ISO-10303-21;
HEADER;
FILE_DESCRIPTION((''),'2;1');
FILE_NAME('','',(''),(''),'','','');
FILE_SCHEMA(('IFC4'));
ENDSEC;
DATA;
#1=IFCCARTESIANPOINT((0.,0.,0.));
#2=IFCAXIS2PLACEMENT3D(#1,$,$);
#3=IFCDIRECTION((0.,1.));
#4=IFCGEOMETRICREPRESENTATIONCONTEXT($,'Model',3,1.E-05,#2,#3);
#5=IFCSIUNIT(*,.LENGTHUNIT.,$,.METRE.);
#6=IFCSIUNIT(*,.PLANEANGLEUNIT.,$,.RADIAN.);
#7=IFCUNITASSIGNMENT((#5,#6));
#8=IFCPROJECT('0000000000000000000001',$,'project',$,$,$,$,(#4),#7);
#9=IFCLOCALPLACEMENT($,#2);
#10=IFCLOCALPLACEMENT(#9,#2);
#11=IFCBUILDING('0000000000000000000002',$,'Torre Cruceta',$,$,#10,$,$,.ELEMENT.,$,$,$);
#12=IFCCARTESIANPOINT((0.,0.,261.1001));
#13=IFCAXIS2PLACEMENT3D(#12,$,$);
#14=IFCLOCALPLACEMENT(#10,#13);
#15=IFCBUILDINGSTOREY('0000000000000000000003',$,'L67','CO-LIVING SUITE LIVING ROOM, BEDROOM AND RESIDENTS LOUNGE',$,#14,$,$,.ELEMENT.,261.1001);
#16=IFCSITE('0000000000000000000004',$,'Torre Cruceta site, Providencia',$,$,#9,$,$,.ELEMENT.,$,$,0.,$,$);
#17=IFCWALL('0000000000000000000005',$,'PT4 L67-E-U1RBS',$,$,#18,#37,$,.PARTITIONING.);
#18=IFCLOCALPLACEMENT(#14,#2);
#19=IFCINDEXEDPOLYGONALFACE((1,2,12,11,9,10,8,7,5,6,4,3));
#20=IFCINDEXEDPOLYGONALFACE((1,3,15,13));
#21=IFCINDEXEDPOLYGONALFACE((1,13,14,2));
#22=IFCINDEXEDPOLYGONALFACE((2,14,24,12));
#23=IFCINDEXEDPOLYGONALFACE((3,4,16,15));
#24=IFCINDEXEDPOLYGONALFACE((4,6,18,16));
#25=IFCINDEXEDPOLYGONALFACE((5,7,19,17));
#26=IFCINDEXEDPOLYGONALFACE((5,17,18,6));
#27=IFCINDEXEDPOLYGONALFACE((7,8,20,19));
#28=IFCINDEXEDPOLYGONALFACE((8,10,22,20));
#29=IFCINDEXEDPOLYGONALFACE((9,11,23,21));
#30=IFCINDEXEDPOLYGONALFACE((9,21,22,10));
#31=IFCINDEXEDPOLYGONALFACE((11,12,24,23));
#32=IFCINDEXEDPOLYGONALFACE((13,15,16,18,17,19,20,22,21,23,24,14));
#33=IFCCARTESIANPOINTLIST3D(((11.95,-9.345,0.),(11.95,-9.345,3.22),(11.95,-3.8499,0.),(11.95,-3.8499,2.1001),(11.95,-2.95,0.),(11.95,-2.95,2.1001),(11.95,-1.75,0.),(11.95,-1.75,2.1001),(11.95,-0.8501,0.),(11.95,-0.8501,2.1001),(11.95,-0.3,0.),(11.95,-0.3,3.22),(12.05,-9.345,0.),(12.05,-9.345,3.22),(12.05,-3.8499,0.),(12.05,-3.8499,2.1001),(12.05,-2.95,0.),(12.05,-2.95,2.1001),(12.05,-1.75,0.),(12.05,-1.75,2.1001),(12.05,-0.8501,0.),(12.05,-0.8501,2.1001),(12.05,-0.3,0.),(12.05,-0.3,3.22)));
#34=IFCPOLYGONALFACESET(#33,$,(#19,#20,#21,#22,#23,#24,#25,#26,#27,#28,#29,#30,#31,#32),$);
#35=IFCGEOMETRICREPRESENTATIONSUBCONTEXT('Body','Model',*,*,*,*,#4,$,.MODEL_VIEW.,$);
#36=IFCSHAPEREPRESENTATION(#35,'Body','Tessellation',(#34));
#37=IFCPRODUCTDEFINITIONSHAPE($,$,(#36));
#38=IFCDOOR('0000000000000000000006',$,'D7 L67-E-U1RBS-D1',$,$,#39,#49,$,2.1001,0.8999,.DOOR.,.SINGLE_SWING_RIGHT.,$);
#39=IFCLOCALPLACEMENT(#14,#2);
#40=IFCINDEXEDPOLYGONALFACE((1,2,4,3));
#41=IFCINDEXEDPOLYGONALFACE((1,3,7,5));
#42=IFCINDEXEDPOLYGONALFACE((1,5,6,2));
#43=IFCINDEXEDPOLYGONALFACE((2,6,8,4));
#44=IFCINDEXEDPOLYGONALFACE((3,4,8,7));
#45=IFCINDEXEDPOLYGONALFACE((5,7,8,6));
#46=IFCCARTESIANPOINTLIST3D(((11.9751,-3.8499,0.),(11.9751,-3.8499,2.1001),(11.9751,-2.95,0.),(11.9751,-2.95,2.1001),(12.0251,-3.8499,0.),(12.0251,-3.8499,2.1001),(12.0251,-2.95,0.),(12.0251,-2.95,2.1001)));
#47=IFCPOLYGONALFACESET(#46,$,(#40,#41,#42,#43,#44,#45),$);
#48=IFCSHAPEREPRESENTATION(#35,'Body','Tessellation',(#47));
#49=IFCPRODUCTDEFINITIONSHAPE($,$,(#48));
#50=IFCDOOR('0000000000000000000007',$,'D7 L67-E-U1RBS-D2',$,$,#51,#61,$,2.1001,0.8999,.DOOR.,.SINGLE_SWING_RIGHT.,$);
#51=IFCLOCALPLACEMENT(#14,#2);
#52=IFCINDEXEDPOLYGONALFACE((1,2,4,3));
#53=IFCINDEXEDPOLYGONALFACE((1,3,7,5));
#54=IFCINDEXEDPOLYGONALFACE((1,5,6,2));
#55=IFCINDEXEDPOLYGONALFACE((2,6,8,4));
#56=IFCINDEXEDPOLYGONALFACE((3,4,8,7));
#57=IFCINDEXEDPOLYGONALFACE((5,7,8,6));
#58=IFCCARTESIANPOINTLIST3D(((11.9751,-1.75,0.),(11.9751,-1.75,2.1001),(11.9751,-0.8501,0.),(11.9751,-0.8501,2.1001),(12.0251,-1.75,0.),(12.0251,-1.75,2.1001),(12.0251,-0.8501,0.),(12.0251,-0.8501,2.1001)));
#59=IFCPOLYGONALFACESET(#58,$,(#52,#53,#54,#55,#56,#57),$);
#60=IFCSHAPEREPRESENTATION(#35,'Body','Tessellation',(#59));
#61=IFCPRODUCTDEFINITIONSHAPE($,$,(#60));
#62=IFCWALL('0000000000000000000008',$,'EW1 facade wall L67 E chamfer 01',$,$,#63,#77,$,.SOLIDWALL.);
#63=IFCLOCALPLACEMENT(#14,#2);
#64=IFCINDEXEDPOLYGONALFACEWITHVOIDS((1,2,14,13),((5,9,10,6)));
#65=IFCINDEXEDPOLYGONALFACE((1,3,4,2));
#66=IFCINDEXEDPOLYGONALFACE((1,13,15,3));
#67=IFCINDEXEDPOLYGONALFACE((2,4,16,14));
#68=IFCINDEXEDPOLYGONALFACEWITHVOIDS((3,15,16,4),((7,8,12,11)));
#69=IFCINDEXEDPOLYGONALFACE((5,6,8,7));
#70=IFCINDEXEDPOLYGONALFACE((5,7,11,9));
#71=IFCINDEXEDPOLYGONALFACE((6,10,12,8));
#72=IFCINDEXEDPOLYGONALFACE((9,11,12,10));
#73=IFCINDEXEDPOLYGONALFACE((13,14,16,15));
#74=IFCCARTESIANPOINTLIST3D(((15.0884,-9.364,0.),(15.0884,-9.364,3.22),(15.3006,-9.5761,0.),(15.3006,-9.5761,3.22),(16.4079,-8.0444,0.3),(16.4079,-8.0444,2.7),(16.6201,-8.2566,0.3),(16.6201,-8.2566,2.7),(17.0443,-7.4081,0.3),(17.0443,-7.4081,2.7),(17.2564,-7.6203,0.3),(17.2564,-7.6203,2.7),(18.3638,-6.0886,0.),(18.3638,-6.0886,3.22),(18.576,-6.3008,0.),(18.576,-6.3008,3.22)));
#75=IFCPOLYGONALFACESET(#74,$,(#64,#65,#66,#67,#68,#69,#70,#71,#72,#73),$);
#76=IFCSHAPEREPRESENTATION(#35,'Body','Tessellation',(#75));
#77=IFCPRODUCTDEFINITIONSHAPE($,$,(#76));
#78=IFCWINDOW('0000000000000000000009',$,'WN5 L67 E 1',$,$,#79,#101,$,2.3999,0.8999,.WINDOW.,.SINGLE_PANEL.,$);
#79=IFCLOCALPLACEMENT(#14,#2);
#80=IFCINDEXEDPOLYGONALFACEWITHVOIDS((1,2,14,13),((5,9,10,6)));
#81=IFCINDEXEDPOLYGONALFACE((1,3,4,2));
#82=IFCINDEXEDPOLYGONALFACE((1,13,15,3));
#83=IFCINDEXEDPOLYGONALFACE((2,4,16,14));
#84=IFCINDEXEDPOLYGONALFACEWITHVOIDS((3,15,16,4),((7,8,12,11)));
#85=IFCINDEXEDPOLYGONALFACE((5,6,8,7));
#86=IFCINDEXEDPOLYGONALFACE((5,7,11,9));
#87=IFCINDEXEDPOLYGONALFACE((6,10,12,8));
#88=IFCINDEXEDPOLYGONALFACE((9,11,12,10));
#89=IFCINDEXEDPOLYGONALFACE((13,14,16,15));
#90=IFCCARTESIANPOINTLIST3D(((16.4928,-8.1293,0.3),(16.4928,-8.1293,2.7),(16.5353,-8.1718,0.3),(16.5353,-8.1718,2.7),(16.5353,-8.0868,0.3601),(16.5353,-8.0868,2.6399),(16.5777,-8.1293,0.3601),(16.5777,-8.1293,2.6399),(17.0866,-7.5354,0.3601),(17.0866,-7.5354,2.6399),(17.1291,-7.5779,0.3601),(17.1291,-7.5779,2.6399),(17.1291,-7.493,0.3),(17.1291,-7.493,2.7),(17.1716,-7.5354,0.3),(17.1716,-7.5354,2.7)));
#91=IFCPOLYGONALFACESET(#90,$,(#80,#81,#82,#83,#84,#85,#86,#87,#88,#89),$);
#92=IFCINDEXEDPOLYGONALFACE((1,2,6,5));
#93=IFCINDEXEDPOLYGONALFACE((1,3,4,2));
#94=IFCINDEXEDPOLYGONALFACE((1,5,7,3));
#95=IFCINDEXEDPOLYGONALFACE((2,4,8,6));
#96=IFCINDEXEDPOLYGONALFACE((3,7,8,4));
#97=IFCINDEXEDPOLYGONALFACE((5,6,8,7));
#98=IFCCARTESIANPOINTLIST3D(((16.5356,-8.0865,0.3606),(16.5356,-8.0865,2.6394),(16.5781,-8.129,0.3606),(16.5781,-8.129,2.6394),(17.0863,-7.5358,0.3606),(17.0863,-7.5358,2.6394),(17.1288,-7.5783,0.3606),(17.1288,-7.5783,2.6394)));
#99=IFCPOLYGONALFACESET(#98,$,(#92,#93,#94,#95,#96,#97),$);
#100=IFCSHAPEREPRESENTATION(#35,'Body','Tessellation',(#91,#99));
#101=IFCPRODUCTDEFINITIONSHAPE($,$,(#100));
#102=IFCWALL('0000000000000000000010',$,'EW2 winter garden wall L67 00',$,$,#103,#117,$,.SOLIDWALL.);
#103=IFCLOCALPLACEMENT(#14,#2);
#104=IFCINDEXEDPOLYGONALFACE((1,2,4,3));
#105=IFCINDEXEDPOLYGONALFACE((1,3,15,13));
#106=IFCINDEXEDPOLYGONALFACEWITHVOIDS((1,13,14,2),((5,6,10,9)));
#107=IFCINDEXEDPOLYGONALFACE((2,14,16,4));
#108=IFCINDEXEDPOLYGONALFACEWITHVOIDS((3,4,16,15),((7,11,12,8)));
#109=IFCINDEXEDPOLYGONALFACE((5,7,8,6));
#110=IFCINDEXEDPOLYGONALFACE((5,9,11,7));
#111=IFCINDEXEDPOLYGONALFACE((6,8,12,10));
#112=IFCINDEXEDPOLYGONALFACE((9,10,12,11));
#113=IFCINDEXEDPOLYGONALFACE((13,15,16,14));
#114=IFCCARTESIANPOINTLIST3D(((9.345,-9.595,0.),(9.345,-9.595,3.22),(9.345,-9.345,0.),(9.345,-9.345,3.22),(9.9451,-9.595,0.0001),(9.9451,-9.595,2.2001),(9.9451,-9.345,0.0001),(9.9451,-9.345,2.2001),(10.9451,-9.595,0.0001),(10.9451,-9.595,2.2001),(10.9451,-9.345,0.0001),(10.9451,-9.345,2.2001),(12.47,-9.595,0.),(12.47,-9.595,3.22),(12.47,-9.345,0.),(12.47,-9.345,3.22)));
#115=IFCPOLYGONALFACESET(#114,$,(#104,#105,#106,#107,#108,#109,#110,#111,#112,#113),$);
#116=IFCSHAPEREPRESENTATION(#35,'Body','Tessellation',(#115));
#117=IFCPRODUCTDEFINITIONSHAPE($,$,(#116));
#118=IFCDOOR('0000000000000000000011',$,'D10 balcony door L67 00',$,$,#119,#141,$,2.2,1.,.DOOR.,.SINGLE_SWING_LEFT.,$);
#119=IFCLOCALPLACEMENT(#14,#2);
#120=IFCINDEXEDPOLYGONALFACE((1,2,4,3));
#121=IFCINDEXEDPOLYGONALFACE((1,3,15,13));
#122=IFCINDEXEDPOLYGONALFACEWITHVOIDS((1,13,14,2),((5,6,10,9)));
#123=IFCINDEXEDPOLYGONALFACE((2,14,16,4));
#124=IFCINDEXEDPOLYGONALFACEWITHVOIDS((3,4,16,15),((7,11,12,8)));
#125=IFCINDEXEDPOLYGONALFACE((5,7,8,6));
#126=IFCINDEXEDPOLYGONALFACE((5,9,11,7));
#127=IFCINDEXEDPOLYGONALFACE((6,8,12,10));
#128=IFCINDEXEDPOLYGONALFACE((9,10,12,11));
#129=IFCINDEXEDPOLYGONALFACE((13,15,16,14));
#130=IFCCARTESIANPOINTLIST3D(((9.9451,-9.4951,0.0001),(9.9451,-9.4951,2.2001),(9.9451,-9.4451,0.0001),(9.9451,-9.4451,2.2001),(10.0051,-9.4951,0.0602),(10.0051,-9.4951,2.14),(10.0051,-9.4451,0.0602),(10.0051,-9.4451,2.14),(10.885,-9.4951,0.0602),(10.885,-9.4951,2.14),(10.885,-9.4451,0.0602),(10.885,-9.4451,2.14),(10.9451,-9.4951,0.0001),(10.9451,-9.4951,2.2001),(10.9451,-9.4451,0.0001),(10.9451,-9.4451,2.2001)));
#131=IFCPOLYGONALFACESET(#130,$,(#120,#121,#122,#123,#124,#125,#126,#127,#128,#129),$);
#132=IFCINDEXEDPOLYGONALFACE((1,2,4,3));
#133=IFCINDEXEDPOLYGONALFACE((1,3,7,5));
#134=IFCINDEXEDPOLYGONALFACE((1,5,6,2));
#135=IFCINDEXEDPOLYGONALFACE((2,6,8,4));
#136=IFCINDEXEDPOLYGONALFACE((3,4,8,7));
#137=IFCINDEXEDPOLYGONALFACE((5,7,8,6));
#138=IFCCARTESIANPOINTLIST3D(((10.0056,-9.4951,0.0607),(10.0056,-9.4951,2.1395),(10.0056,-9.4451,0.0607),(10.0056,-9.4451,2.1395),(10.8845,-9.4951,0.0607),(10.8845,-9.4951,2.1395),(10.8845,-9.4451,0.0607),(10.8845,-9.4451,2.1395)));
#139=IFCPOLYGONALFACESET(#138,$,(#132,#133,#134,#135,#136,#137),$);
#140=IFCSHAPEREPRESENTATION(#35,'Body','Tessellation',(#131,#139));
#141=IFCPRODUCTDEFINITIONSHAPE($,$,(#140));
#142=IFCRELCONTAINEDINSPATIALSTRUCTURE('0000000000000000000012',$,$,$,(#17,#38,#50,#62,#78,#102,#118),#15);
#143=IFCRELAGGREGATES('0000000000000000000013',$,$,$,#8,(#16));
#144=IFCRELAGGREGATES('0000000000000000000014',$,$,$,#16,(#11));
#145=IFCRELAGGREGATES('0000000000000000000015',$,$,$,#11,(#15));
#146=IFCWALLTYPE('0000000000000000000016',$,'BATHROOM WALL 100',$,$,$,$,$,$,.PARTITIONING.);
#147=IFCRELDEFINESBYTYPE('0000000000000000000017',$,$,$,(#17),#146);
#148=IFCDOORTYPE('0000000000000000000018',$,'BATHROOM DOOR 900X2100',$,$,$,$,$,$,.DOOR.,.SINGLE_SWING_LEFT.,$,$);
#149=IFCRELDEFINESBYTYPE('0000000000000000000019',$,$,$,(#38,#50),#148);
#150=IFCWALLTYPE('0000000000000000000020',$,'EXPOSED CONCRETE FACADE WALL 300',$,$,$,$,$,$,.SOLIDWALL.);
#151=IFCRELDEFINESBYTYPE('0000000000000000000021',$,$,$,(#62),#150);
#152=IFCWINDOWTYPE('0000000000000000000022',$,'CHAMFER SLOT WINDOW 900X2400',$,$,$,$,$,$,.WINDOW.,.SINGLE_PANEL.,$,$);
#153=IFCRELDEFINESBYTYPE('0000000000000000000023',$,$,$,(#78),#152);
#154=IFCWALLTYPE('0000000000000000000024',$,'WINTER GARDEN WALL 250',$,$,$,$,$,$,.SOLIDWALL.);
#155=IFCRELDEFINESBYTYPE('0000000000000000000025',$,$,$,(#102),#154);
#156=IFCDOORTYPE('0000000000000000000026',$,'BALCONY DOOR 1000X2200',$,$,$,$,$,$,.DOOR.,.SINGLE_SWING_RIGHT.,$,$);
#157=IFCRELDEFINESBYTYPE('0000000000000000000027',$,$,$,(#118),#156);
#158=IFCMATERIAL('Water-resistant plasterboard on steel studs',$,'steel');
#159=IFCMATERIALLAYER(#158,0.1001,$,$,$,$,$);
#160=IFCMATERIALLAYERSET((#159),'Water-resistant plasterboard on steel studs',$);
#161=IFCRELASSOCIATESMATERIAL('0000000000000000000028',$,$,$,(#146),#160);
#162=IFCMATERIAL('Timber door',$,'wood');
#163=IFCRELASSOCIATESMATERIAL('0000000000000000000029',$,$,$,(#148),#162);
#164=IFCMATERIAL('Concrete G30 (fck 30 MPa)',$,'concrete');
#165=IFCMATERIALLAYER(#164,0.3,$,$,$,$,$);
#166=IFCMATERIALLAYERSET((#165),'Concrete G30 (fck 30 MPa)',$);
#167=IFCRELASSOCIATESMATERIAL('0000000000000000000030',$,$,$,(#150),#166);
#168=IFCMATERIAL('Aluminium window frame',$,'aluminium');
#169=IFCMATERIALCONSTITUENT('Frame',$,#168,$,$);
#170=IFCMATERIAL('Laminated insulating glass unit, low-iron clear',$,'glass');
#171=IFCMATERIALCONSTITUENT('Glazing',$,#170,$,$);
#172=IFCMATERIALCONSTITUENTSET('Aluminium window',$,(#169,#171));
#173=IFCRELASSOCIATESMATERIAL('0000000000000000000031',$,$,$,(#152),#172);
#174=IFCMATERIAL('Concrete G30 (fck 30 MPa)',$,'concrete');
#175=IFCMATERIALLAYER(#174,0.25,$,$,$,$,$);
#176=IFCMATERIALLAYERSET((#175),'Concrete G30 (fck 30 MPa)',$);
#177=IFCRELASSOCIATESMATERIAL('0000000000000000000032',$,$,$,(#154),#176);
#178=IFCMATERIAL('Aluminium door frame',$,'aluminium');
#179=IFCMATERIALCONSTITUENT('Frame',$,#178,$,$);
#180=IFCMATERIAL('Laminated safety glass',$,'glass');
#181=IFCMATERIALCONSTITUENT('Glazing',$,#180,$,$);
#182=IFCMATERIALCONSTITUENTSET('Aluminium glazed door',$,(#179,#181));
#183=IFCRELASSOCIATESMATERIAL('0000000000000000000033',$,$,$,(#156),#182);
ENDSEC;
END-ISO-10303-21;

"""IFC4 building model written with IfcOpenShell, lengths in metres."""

from ifc_helpers import new_model, si_unit, direction, frame, frame_2d, origin, place, context, subcontext, project, spatial, rectangle, hollow_rectangle, extrude, material, layer, layer_set, constituent, constituent_set, type_object, element, fill, save


model = new_model("IFC4")

# Units and contexts
model_context = context("Model", 3, precision=1e-05, world=origin(), true_north=direction((0.0, 1.0)))
body_context = subcontext(model_context, "Body", "Model", "MODEL_VIEW")
ifc_project = project(units=[si_unit("LENGTHUNIT", "METRE"), si_unit("PLANEANGLEUNIT", "RADIAN")], contexts=[model_context])

# Site, building, storey
site_placement = place(None, origin())
site = spatial("IfcSite", under=ifc_project, at=site_placement, Name="Torre Cruceta site, Providencia", CompositionType="ELEMENT", RefElevation=0.0)
building_placement = place(site_placement, origin())
building = spatial("IfcBuilding", under=site, at=building_placement, Name="Torre Cruceta", CompositionType="ELEMENT")
storey_placement = place(building_placement, frame((0.0, 0.0, 261.1001)))
storey = spatial("IfcBuildingStorey", under=building, at=storey_placement, Name="L67", Description="CO-LIVING SUITE LIVING ROOM, BEDROOM AND RESIDENTS LOUNGE", CompositionType="ELEMENT", Elevation=261.1001)

# Wall, openings, doors
ifc_material_1 = material(Name="Water-resistant plasterboard on steel studs", Category="steel")
ifc_layer_1 = layer(ifc_material_1, 0.1001)
ifc_layer_set_1 = layer_set([ifc_layer_1], Name="Water-resistant plasterboard on steel studs")
wall_type_1 = type_object("IfcWallType", Name="BATHROOM WALL 100", PredefinedType="PARTITIONING", material=ifc_layer_set_1)
wall_1_placement = place(storey_placement, frame((12.0, -9.345, 0.0), z_axis=(0.0, 0.0, 1.0), x_axis=(0.0, 1.0, 0.0)))
wall_1 = element("IfcWall", 1, at=wall_1_placement, inside=storey, type_object=wall_type_1, Name="PT4 L67-E-U1RBS", PredefinedType="PARTITIONING", context=body_context, shape_type="SweptSolid", body=[
    extrude(rectangle(XDim=9.0449, YDim=0.1001, at=frame_2d((4.5225, 0.0))), origin(), (0.0, 0.0, 1.0), 3.22),
])
opening_1_placement = place(wall_1_placement, frame((5.4951, 0.0, 0.0)))
opening_1 = element("IfcOpeningElement", 2, at=opening_1_placement, cuts=wall_1, PredefinedType="OPENING", context=body_context, shape_type="SweptSolid", body=[
    extrude(rectangle(XDim=0.8999, YDim=2.1001, at=frame_2d((0.45, 1.05))), frame((0.0, 0.0601, 0.0), z_axis=(0.0, -1.0, 0.0), x_axis=(1.0, 0.0, 0.0)), (0.0, 0.0, 1.0), 0.1201),
])
opening_2_placement = place(wall_1_placement, frame((7.595, 0.0, 0.0)))
opening_2 = element("IfcOpeningElement", 3, at=opening_2_placement, cuts=wall_1, PredefinedType="OPENING", context=body_context, shape_type="SweptSolid", body=[
    extrude(rectangle(XDim=0.8999, YDim=2.1001, at=frame_2d((0.45, 1.05))), frame((0.0, 0.0601, 0.0), z_axis=(0.0, -1.0, 0.0), x_axis=(1.0, 0.0, 0.0)), (0.0, 0.0, 1.0), 0.1201),
])
ifc_material_2 = material(Name="Timber door", Category="wood")
door_type_1 = type_object("IfcDoorType", Name="BATHROOM DOOR 900X2100", OperationType="SINGLE_SWING_LEFT", PredefinedType="DOOR", material=ifc_material_2)
door_1_placement = place(opening_1_placement, origin())
door_1 = element("IfcDoor", 4, at=door_1_placement, inside=storey, type_object=door_type_1, Name="D7 L67-E-U1RBS-D1", OperationType="SINGLE_SWING_RIGHT", OverallHeight=2.1001, OverallWidth=0.8999, PredefinedType="DOOR", context=body_context, shape_type="SweptSolid", body=[
    extrude(rectangle(XDim=0.8999, YDim=2.1001, at=frame_2d((0.45, 1.05))), frame((0.0, 0.0249, 0.0), z_axis=(0.0, -1.0, 0.0), x_axis=(1.0, 0.0, 0.0)), (0.0, 0.0, 1.0), 0.05),
])
fill(opening_1, door_1)
door_2_placement = place(opening_2_placement, origin())
door_2 = element("IfcDoor", 5, at=door_2_placement, inside=storey, type_object=door_type_1, Name="D7 L67-E-U1RBS-D2", OperationType="SINGLE_SWING_RIGHT", OverallHeight=2.1001, OverallWidth=0.8999, PredefinedType="DOOR", context=body_context, shape_type="SweptSolid", body=[
    extrude(rectangle(XDim=0.8999, YDim=2.1001, at=frame_2d((0.45, 1.05))), frame((0.0, 0.0249, 0.0), z_axis=(0.0, -1.0, 0.0), x_axis=(1.0, 0.0, 0.0)), (0.0, 0.0, 1.0), 0.05),
])
fill(opening_2, door_2)

# Wall, opening, window
ifc_material_3 = material(Name="Concrete G30 (fck 30 MPa)", Category="concrete")
ifc_layer_2 = layer(ifc_material_3, 0.3)
ifc_layer_set_2 = layer_set([ifc_layer_2], Name="Concrete G30 (fck 30 MPa)")
wall_type_2 = type_object("IfcWallType", Name="EXPOSED CONCRETE FACADE WALL 300", PredefinedType="SOLIDWALL", material=ifc_layer_set_2)
wall_2_placement = place(storey_placement, frame((15.1946, -9.47, 0.0), z_axis=(0.0, 0.0, 1.0), x_axis=(0.707107, 0.707107, 0.0)))
wall_2 = element("IfcWall", 6, at=wall_2_placement, inside=storey, type_object=wall_type_2, Name="EW1 facade wall L67 E chamfer 01", PredefinedType="SOLIDWALL", context=body_context, shape_type="SweptSolid", body=[
    extrude(rectangle(XDim=4.6321, YDim=0.3, at=frame_2d((2.3159, 0.0))), origin(), (0.0, 0.0, 1.0), 3.22),
])
opening_3_placement = place(wall_2_placement, frame((1.866, 0.0, 0.3)))
opening_3 = element("IfcOpeningElement", 7, at=opening_3_placement, cuts=wall_2, PredefinedType="OPENING", context=body_context, shape_type="SweptSolid", body=[
    extrude(rectangle(XDim=0.8999, YDim=2.3999, at=frame_2d((0.45, 1.2))), frame((0.0, 0.1599, 0.0), z_axis=(0.0, -1.0, 0.0), x_axis=(1.0, 0.0, 0.0)), (0.0, 0.0, 1.0), 0.3201),
])
ifc_material_4 = material(Name="Aluminium window frame", Category="aluminium")
ifc_constituent_1 = constituent(ifc_material_4, Name="Frame")
ifc_material_5 = material(Name="Laminated insulating glass unit, low-iron clear", Category="glass")
ifc_constituent_2 = constituent(ifc_material_5, Name="Glazing")
ifc_constituent_set_1 = constituent_set(constituents=[ifc_constituent_1, ifc_constituent_2], Name="Aluminium window")
window_type = type_object("IfcWindowType", Name="CHAMFER SLOT WINDOW 900X2400", PartitioningType="SINGLE_PANEL", PredefinedType="WINDOW", material=ifc_constituent_set_1)
window_placement = place(opening_3_placement, origin())
window = element("IfcWindow", 8, at=window_placement, inside=storey, type_object=window_type, Name="WN5 L67 E 1", OverallHeight=2.3999, OverallWidth=0.8999, PartitioningType="SINGLE_PANEL", PredefinedType="WINDOW", context=body_context, shape_type="SweptSolid", body=[
    extrude(hollow_rectangle(XDim=0.8999, YDim=2.3999, WallThickness=0.0601, at=frame_2d((0.45, 1.2))), frame((0.0, 0.03, 0.0), z_axis=(0.0, -1.0, 0.0), x_axis=(1.0, 0.0, 0.0)), (0.0, 0.0, 1.0), 0.0601),
    extrude(rectangle(XDim=0.7788, YDim=2.2788, at=frame_2d((0.45, 1.2))), frame((0.0, 0.03, 0.0), z_axis=(0.0, -1.0, 0.0), x_axis=(1.0, 0.0, 0.0)), (0.0, 0.0, 1.0), 0.0601),
])
fill(opening_3, window)

# Wall, opening, door
ifc_material_6 = material(Name="Concrete G30 (fck 30 MPa)", Category="concrete")
ifc_layer_3 = layer(ifc_material_6, 0.25)
ifc_layer_set_3 = layer_set([ifc_layer_3], Name="Concrete G30 (fck 30 MPa)")
wall_type_3 = type_object("IfcWallType", Name="WINTER GARDEN WALL 250", PredefinedType="SOLIDWALL", material=ifc_layer_set_3)
wall_3_placement = place(storey_placement, frame((9.345, -9.47, 0.0), z_axis=(0.0, 0.0, 1.0), x_axis=(1.0, 0.0, 0.0)))
wall_3 = element("IfcWall", 9, at=wall_3_placement, inside=storey, type_object=wall_type_3, Name="EW2 winter garden wall L67 00", PredefinedType="SOLIDWALL", context=body_context, shape_type="SweptSolid", body=[
    extrude(rectangle(XDim=3.125, YDim=0.25, at=frame_2d((1.5625, 0.0))), origin(), (0.0, 0.0, 1.0), 3.22),
])
opening_4_placement = place(wall_3_placement, frame((0.6001, 0.0, 0.0)))
opening_4 = element("IfcOpeningElement", 10, at=opening_4_placement, cuts=wall_3, PredefinedType="OPENING", context=body_context, shape_type="SweptSolid", body=[
    extrude(rectangle(XDim=1.0, YDim=2.2, at=frame_2d((0.5, 1.1001))), frame((0.0, 0.135, 0.0), z_axis=(0.0, -1.0, 0.0), x_axis=(1.0, 0.0, 0.0)), (0.0, 0.0, 1.0), 0.27),
])
ifc_material_7 = material(Name="Aluminium door frame", Category="aluminium")
ifc_constituent_3 = constituent(ifc_material_7, Name="Frame")
ifc_material_8 = material(Name="Laminated safety glass", Category="glass")
ifc_constituent_4 = constituent(ifc_material_8, Name="Glazing")
ifc_constituent_set_2 = constituent_set(constituents=[ifc_constituent_3, ifc_constituent_4], Name="Aluminium glazed door")
door_type_2 = type_object("IfcDoorType", Name="BALCONY DOOR 1000X2200", OperationType="SINGLE_SWING_RIGHT", PredefinedType="DOOR", material=ifc_constituent_set_2)
door_3_placement = place(opening_4_placement, origin())
door_3 = element("IfcDoor", 11, at=door_3_placement, inside=storey, type_object=door_type_2, Name="D10 balcony door L67 00", OperationType="SINGLE_SWING_LEFT", OverallHeight=2.2, OverallWidth=1.0, PredefinedType="DOOR", context=body_context, shape_type="SweptSolid", body=[
    extrude(hollow_rectangle(XDim=1.0, YDim=2.2, WallThickness=0.0601, at=frame_2d((0.5, 1.1001))), frame((0.0, 0.0249, 0.0), z_axis=(0.0, -1.0, 0.0), x_axis=(1.0, 0.0, 0.0)), (0.0, 0.0, 1.0), 0.05),
    extrude(rectangle(XDim=0.8789, YDim=2.0789, at=frame_2d((0.5, 1.1001))), frame((0.0, 0.0249, 0.0), z_axis=(0.0, -1.0, 0.0), x_axis=(1.0, 0.0, 0.0)), (0.0, 0.0, 1.0), 0.05),
])
fill(opening_4, door_3)

save(model, "model.ifc")
